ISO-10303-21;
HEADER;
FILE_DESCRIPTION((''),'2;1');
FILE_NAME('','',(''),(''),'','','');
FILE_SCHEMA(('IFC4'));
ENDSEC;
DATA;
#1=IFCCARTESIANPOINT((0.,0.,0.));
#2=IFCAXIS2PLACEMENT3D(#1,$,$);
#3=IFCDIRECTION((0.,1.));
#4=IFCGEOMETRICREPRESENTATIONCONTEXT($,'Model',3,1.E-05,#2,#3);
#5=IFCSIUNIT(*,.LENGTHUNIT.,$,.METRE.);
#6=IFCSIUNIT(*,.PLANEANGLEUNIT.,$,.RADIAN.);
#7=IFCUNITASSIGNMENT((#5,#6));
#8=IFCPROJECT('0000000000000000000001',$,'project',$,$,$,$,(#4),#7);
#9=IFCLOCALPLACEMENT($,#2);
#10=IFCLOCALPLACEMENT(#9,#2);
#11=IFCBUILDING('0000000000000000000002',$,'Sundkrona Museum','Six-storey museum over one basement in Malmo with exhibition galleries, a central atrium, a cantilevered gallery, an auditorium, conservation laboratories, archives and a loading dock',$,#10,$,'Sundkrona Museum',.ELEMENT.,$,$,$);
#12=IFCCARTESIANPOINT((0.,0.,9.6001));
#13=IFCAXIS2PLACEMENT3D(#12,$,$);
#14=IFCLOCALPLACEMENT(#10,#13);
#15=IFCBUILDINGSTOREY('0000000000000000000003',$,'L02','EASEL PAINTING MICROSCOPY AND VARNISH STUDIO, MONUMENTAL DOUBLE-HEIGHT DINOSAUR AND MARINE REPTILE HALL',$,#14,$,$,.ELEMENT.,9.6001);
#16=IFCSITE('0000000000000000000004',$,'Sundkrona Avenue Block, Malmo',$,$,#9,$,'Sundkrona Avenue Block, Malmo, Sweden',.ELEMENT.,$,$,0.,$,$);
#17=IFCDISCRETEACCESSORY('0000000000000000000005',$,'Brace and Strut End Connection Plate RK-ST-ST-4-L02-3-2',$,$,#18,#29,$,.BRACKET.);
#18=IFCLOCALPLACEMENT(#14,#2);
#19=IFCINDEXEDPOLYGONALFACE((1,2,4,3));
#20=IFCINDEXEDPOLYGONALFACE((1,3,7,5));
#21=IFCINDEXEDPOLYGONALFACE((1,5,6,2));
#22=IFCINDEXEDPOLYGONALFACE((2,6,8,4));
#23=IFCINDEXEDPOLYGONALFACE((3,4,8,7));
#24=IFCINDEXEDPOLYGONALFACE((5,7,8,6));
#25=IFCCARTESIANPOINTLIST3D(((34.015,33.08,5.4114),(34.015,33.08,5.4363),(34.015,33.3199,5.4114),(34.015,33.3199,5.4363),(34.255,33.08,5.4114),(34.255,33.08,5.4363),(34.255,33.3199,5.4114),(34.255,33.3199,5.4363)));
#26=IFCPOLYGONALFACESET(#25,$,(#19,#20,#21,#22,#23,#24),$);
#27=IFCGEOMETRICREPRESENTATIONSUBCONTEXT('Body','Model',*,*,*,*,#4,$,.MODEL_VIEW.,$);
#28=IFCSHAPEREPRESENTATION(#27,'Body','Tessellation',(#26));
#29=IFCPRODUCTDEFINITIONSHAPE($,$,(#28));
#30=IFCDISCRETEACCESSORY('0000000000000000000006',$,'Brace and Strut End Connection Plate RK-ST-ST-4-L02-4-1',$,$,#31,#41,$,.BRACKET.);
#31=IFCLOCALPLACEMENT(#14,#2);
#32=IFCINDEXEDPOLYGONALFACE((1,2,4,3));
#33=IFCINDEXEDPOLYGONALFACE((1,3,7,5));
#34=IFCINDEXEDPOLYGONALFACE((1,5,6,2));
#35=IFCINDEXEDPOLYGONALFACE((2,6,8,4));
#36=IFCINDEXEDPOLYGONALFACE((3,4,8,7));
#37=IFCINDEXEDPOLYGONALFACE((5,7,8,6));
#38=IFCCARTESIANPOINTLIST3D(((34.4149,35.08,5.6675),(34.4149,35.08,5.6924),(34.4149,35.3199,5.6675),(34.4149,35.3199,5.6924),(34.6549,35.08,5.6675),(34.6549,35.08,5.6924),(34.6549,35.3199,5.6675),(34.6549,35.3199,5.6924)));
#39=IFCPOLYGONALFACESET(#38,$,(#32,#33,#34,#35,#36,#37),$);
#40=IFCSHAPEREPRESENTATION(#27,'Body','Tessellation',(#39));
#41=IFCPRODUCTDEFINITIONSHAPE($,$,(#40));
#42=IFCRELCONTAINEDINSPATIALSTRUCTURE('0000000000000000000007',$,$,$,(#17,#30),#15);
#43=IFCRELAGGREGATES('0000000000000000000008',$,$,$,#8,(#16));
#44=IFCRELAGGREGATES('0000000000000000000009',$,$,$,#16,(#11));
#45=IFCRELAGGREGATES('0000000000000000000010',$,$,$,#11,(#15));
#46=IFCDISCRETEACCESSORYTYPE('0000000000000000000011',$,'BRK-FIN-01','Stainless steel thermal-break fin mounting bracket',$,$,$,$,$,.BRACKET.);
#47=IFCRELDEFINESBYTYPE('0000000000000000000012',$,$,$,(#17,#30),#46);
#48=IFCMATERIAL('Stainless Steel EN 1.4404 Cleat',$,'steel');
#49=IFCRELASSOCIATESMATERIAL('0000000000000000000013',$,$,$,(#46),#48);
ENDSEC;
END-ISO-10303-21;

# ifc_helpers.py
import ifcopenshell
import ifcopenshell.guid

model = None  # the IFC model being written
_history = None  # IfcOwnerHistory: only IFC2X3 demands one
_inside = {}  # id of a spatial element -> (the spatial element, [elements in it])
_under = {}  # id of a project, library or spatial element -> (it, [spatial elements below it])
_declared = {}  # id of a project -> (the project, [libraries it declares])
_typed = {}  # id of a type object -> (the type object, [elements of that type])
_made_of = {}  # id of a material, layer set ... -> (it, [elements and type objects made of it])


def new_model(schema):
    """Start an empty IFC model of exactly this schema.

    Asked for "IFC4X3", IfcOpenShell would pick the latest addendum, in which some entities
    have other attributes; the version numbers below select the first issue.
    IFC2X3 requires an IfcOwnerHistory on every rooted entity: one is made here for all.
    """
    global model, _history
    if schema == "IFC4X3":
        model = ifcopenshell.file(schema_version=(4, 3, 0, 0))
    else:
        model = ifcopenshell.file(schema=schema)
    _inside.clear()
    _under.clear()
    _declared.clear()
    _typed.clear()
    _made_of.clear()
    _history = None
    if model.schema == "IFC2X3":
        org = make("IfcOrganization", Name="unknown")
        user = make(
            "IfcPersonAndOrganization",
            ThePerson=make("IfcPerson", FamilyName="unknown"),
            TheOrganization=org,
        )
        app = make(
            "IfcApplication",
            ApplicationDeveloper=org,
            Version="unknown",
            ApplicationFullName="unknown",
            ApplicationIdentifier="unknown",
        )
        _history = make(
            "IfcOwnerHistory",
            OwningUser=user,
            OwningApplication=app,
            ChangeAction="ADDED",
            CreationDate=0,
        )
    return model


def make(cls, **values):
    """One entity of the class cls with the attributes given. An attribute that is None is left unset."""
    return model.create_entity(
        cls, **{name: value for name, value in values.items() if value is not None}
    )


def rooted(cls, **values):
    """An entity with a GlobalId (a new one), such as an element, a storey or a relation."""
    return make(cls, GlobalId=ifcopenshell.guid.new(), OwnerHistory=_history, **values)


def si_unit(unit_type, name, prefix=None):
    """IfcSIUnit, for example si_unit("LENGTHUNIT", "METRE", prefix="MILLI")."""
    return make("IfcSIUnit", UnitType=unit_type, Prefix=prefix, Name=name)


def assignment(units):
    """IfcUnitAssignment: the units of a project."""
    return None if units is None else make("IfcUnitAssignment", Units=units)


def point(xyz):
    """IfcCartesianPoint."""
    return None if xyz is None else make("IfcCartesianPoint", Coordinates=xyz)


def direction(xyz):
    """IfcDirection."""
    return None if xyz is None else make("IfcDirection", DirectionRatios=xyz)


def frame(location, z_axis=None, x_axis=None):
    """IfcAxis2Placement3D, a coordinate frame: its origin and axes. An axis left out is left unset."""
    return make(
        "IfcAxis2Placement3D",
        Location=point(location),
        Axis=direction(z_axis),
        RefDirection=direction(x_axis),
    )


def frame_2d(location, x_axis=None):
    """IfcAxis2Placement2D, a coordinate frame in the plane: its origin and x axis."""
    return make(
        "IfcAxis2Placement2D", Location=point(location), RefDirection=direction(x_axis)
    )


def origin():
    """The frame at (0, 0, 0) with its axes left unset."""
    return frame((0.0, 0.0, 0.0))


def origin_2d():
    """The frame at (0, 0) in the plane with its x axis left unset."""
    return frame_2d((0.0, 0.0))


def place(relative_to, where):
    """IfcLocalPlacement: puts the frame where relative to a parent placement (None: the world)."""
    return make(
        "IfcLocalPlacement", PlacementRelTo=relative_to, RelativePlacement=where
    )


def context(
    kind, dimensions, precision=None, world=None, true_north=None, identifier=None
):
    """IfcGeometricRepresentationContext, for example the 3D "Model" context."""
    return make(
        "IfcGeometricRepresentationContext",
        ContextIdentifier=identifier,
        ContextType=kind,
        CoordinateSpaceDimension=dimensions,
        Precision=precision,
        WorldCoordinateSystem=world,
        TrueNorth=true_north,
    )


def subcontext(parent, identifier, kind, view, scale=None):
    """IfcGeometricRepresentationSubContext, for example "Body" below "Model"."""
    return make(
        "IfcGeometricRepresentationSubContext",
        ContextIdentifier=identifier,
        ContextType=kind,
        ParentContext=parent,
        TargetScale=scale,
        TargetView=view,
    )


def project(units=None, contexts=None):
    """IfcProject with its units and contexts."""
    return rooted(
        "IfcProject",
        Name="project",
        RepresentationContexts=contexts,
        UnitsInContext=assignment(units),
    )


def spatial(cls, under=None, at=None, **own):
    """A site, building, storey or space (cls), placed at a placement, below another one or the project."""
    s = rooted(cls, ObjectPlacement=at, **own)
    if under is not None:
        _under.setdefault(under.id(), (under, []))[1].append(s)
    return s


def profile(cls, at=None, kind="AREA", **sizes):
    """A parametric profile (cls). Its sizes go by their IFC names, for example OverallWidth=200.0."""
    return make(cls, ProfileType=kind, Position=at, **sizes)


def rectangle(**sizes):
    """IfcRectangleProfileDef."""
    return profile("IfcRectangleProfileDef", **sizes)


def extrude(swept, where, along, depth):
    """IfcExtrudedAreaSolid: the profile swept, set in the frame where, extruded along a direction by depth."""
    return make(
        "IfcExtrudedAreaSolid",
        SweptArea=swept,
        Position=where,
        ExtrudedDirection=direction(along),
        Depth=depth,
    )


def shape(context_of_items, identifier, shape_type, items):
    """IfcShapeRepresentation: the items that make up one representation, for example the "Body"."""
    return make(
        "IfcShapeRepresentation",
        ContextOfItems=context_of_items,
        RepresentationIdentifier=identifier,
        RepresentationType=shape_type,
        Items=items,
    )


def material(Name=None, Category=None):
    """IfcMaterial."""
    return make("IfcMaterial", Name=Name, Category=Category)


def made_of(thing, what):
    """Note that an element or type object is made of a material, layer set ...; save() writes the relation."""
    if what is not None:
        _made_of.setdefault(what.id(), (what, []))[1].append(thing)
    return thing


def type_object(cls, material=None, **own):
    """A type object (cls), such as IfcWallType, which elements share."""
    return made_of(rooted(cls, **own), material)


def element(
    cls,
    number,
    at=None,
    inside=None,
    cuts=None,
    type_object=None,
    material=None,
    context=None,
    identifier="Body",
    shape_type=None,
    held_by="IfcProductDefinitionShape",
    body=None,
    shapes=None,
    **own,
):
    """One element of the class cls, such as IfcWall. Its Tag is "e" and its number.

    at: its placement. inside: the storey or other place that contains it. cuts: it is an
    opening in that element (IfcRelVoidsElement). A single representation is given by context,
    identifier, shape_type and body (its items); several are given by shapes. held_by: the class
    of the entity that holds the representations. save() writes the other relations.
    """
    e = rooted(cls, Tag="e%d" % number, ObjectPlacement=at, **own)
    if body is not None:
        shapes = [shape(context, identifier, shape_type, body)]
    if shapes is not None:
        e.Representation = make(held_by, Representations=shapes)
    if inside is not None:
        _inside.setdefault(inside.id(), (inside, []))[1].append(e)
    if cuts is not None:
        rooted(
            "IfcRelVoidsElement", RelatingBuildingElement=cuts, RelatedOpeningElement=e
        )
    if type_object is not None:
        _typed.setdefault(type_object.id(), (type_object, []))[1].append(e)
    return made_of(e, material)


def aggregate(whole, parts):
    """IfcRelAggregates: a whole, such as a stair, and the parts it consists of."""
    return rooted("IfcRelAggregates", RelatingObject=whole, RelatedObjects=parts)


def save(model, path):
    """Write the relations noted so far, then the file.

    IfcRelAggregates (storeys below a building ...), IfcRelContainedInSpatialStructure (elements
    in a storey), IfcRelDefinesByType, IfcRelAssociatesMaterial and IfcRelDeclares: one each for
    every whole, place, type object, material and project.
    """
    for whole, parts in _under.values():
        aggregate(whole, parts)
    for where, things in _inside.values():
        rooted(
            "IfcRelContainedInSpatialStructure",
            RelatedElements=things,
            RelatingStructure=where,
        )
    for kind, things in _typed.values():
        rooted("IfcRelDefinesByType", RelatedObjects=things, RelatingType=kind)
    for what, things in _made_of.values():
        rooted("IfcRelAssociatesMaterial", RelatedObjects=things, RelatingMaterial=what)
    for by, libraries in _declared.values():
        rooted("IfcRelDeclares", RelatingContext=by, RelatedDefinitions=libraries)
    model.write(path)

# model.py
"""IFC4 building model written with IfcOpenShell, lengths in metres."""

from ifc_helpers import new_model, si_unit, direction, frame, origin, origin_2d, place, context, subcontext, project, spatial, rectangle, extrude, material, type_object, element, save


model = new_model("IFC4")

# Units and contexts
model_context = context("Model", 3, precision=1e-05, world=origin(), true_north=direction((0.0, 1.0)))
body_context = subcontext(model_context, "Body", "Model", "MODEL_VIEW")
ifc_project = project(units=[si_unit("LENGTHUNIT", "METRE"), si_unit("PLANEANGLEUNIT", "RADIAN")], contexts=[model_context])

# Site, building, storey
site_placement = place(None, origin())
site = spatial("IfcSite", under=ifc_project, at=site_placement, Name="Sundkrona Avenue Block, Malmo", LongName="Sundkrona Avenue Block, Malmo, Sweden", CompositionType="ELEMENT", RefElevation=0.0)
building_placement = place(site_placement, origin())
building = spatial("IfcBuilding", under=site, at=building_placement, Name="Sundkrona Museum", Description="Six-storey museum over one basement in Malmo with exhibition galleries, a central atrium, a cantilevered gallery, an auditorium, conservation laboratories, archives and a loading dock", LongName="Sundkrona Museum", CompositionType="ELEMENT")
storey_placement = place(building_placement, frame((0.0, 0.0, 9.6001)))
storey = spatial("IfcBuildingStorey", under=building, at=storey_placement, Name="L02", Description="EASEL PAINTING MICROSCOPY AND VARNISH STUDIO, MONUMENTAL DOUBLE-HEIGHT DINOSAUR AND MARINE REPTILE HALL", CompositionType="ELEMENT", Elevation=9.6001)

# Discrete accessories
ifc_material_1 = material(Name="Stainless Steel EN 1.4404 Cleat", Category="steel")
discrete_accessory_type = type_object("IfcDiscreteAccessoryType", Name="BRK-FIN-01", Description="Stainless steel thermal-break fin mounting bracket", PredefinedType="BRACKET", material=ifc_material_1)
for number, where, z_axis, x_axis, name in (
    (1, (34.135, 33.2, 5.4114), (0.0, 0.0, 1.0), (1.0, 0.0, 0.0), "Brace and Strut End Connection Plate RK-ST-ST-4-L02-3-2"),
    (2, (34.5349, 35.2, 5.6675), (0.0, 0.0, 1.0), (1.0, 0.0, 0.0), "Brace and Strut End Connection Plate RK-ST-ST-4-L02-4-1"),
):
    element("IfcDiscreteAccessory", number, at=place(storey_placement, frame(where, z_axis=z_axis, x_axis=x_axis)), inside=storey, type_object=discrete_accessory_type, Name=name, PredefinedType="BRACKET", context=body_context, shape_type="SweptSolid", body=[
        extrude(rectangle(XDim=0.24, YDim=0.24, at=origin_2d()), origin(), (0.0, 0.0, 1.0), 0.0249),
    ])

save(model, "model.ifc")
